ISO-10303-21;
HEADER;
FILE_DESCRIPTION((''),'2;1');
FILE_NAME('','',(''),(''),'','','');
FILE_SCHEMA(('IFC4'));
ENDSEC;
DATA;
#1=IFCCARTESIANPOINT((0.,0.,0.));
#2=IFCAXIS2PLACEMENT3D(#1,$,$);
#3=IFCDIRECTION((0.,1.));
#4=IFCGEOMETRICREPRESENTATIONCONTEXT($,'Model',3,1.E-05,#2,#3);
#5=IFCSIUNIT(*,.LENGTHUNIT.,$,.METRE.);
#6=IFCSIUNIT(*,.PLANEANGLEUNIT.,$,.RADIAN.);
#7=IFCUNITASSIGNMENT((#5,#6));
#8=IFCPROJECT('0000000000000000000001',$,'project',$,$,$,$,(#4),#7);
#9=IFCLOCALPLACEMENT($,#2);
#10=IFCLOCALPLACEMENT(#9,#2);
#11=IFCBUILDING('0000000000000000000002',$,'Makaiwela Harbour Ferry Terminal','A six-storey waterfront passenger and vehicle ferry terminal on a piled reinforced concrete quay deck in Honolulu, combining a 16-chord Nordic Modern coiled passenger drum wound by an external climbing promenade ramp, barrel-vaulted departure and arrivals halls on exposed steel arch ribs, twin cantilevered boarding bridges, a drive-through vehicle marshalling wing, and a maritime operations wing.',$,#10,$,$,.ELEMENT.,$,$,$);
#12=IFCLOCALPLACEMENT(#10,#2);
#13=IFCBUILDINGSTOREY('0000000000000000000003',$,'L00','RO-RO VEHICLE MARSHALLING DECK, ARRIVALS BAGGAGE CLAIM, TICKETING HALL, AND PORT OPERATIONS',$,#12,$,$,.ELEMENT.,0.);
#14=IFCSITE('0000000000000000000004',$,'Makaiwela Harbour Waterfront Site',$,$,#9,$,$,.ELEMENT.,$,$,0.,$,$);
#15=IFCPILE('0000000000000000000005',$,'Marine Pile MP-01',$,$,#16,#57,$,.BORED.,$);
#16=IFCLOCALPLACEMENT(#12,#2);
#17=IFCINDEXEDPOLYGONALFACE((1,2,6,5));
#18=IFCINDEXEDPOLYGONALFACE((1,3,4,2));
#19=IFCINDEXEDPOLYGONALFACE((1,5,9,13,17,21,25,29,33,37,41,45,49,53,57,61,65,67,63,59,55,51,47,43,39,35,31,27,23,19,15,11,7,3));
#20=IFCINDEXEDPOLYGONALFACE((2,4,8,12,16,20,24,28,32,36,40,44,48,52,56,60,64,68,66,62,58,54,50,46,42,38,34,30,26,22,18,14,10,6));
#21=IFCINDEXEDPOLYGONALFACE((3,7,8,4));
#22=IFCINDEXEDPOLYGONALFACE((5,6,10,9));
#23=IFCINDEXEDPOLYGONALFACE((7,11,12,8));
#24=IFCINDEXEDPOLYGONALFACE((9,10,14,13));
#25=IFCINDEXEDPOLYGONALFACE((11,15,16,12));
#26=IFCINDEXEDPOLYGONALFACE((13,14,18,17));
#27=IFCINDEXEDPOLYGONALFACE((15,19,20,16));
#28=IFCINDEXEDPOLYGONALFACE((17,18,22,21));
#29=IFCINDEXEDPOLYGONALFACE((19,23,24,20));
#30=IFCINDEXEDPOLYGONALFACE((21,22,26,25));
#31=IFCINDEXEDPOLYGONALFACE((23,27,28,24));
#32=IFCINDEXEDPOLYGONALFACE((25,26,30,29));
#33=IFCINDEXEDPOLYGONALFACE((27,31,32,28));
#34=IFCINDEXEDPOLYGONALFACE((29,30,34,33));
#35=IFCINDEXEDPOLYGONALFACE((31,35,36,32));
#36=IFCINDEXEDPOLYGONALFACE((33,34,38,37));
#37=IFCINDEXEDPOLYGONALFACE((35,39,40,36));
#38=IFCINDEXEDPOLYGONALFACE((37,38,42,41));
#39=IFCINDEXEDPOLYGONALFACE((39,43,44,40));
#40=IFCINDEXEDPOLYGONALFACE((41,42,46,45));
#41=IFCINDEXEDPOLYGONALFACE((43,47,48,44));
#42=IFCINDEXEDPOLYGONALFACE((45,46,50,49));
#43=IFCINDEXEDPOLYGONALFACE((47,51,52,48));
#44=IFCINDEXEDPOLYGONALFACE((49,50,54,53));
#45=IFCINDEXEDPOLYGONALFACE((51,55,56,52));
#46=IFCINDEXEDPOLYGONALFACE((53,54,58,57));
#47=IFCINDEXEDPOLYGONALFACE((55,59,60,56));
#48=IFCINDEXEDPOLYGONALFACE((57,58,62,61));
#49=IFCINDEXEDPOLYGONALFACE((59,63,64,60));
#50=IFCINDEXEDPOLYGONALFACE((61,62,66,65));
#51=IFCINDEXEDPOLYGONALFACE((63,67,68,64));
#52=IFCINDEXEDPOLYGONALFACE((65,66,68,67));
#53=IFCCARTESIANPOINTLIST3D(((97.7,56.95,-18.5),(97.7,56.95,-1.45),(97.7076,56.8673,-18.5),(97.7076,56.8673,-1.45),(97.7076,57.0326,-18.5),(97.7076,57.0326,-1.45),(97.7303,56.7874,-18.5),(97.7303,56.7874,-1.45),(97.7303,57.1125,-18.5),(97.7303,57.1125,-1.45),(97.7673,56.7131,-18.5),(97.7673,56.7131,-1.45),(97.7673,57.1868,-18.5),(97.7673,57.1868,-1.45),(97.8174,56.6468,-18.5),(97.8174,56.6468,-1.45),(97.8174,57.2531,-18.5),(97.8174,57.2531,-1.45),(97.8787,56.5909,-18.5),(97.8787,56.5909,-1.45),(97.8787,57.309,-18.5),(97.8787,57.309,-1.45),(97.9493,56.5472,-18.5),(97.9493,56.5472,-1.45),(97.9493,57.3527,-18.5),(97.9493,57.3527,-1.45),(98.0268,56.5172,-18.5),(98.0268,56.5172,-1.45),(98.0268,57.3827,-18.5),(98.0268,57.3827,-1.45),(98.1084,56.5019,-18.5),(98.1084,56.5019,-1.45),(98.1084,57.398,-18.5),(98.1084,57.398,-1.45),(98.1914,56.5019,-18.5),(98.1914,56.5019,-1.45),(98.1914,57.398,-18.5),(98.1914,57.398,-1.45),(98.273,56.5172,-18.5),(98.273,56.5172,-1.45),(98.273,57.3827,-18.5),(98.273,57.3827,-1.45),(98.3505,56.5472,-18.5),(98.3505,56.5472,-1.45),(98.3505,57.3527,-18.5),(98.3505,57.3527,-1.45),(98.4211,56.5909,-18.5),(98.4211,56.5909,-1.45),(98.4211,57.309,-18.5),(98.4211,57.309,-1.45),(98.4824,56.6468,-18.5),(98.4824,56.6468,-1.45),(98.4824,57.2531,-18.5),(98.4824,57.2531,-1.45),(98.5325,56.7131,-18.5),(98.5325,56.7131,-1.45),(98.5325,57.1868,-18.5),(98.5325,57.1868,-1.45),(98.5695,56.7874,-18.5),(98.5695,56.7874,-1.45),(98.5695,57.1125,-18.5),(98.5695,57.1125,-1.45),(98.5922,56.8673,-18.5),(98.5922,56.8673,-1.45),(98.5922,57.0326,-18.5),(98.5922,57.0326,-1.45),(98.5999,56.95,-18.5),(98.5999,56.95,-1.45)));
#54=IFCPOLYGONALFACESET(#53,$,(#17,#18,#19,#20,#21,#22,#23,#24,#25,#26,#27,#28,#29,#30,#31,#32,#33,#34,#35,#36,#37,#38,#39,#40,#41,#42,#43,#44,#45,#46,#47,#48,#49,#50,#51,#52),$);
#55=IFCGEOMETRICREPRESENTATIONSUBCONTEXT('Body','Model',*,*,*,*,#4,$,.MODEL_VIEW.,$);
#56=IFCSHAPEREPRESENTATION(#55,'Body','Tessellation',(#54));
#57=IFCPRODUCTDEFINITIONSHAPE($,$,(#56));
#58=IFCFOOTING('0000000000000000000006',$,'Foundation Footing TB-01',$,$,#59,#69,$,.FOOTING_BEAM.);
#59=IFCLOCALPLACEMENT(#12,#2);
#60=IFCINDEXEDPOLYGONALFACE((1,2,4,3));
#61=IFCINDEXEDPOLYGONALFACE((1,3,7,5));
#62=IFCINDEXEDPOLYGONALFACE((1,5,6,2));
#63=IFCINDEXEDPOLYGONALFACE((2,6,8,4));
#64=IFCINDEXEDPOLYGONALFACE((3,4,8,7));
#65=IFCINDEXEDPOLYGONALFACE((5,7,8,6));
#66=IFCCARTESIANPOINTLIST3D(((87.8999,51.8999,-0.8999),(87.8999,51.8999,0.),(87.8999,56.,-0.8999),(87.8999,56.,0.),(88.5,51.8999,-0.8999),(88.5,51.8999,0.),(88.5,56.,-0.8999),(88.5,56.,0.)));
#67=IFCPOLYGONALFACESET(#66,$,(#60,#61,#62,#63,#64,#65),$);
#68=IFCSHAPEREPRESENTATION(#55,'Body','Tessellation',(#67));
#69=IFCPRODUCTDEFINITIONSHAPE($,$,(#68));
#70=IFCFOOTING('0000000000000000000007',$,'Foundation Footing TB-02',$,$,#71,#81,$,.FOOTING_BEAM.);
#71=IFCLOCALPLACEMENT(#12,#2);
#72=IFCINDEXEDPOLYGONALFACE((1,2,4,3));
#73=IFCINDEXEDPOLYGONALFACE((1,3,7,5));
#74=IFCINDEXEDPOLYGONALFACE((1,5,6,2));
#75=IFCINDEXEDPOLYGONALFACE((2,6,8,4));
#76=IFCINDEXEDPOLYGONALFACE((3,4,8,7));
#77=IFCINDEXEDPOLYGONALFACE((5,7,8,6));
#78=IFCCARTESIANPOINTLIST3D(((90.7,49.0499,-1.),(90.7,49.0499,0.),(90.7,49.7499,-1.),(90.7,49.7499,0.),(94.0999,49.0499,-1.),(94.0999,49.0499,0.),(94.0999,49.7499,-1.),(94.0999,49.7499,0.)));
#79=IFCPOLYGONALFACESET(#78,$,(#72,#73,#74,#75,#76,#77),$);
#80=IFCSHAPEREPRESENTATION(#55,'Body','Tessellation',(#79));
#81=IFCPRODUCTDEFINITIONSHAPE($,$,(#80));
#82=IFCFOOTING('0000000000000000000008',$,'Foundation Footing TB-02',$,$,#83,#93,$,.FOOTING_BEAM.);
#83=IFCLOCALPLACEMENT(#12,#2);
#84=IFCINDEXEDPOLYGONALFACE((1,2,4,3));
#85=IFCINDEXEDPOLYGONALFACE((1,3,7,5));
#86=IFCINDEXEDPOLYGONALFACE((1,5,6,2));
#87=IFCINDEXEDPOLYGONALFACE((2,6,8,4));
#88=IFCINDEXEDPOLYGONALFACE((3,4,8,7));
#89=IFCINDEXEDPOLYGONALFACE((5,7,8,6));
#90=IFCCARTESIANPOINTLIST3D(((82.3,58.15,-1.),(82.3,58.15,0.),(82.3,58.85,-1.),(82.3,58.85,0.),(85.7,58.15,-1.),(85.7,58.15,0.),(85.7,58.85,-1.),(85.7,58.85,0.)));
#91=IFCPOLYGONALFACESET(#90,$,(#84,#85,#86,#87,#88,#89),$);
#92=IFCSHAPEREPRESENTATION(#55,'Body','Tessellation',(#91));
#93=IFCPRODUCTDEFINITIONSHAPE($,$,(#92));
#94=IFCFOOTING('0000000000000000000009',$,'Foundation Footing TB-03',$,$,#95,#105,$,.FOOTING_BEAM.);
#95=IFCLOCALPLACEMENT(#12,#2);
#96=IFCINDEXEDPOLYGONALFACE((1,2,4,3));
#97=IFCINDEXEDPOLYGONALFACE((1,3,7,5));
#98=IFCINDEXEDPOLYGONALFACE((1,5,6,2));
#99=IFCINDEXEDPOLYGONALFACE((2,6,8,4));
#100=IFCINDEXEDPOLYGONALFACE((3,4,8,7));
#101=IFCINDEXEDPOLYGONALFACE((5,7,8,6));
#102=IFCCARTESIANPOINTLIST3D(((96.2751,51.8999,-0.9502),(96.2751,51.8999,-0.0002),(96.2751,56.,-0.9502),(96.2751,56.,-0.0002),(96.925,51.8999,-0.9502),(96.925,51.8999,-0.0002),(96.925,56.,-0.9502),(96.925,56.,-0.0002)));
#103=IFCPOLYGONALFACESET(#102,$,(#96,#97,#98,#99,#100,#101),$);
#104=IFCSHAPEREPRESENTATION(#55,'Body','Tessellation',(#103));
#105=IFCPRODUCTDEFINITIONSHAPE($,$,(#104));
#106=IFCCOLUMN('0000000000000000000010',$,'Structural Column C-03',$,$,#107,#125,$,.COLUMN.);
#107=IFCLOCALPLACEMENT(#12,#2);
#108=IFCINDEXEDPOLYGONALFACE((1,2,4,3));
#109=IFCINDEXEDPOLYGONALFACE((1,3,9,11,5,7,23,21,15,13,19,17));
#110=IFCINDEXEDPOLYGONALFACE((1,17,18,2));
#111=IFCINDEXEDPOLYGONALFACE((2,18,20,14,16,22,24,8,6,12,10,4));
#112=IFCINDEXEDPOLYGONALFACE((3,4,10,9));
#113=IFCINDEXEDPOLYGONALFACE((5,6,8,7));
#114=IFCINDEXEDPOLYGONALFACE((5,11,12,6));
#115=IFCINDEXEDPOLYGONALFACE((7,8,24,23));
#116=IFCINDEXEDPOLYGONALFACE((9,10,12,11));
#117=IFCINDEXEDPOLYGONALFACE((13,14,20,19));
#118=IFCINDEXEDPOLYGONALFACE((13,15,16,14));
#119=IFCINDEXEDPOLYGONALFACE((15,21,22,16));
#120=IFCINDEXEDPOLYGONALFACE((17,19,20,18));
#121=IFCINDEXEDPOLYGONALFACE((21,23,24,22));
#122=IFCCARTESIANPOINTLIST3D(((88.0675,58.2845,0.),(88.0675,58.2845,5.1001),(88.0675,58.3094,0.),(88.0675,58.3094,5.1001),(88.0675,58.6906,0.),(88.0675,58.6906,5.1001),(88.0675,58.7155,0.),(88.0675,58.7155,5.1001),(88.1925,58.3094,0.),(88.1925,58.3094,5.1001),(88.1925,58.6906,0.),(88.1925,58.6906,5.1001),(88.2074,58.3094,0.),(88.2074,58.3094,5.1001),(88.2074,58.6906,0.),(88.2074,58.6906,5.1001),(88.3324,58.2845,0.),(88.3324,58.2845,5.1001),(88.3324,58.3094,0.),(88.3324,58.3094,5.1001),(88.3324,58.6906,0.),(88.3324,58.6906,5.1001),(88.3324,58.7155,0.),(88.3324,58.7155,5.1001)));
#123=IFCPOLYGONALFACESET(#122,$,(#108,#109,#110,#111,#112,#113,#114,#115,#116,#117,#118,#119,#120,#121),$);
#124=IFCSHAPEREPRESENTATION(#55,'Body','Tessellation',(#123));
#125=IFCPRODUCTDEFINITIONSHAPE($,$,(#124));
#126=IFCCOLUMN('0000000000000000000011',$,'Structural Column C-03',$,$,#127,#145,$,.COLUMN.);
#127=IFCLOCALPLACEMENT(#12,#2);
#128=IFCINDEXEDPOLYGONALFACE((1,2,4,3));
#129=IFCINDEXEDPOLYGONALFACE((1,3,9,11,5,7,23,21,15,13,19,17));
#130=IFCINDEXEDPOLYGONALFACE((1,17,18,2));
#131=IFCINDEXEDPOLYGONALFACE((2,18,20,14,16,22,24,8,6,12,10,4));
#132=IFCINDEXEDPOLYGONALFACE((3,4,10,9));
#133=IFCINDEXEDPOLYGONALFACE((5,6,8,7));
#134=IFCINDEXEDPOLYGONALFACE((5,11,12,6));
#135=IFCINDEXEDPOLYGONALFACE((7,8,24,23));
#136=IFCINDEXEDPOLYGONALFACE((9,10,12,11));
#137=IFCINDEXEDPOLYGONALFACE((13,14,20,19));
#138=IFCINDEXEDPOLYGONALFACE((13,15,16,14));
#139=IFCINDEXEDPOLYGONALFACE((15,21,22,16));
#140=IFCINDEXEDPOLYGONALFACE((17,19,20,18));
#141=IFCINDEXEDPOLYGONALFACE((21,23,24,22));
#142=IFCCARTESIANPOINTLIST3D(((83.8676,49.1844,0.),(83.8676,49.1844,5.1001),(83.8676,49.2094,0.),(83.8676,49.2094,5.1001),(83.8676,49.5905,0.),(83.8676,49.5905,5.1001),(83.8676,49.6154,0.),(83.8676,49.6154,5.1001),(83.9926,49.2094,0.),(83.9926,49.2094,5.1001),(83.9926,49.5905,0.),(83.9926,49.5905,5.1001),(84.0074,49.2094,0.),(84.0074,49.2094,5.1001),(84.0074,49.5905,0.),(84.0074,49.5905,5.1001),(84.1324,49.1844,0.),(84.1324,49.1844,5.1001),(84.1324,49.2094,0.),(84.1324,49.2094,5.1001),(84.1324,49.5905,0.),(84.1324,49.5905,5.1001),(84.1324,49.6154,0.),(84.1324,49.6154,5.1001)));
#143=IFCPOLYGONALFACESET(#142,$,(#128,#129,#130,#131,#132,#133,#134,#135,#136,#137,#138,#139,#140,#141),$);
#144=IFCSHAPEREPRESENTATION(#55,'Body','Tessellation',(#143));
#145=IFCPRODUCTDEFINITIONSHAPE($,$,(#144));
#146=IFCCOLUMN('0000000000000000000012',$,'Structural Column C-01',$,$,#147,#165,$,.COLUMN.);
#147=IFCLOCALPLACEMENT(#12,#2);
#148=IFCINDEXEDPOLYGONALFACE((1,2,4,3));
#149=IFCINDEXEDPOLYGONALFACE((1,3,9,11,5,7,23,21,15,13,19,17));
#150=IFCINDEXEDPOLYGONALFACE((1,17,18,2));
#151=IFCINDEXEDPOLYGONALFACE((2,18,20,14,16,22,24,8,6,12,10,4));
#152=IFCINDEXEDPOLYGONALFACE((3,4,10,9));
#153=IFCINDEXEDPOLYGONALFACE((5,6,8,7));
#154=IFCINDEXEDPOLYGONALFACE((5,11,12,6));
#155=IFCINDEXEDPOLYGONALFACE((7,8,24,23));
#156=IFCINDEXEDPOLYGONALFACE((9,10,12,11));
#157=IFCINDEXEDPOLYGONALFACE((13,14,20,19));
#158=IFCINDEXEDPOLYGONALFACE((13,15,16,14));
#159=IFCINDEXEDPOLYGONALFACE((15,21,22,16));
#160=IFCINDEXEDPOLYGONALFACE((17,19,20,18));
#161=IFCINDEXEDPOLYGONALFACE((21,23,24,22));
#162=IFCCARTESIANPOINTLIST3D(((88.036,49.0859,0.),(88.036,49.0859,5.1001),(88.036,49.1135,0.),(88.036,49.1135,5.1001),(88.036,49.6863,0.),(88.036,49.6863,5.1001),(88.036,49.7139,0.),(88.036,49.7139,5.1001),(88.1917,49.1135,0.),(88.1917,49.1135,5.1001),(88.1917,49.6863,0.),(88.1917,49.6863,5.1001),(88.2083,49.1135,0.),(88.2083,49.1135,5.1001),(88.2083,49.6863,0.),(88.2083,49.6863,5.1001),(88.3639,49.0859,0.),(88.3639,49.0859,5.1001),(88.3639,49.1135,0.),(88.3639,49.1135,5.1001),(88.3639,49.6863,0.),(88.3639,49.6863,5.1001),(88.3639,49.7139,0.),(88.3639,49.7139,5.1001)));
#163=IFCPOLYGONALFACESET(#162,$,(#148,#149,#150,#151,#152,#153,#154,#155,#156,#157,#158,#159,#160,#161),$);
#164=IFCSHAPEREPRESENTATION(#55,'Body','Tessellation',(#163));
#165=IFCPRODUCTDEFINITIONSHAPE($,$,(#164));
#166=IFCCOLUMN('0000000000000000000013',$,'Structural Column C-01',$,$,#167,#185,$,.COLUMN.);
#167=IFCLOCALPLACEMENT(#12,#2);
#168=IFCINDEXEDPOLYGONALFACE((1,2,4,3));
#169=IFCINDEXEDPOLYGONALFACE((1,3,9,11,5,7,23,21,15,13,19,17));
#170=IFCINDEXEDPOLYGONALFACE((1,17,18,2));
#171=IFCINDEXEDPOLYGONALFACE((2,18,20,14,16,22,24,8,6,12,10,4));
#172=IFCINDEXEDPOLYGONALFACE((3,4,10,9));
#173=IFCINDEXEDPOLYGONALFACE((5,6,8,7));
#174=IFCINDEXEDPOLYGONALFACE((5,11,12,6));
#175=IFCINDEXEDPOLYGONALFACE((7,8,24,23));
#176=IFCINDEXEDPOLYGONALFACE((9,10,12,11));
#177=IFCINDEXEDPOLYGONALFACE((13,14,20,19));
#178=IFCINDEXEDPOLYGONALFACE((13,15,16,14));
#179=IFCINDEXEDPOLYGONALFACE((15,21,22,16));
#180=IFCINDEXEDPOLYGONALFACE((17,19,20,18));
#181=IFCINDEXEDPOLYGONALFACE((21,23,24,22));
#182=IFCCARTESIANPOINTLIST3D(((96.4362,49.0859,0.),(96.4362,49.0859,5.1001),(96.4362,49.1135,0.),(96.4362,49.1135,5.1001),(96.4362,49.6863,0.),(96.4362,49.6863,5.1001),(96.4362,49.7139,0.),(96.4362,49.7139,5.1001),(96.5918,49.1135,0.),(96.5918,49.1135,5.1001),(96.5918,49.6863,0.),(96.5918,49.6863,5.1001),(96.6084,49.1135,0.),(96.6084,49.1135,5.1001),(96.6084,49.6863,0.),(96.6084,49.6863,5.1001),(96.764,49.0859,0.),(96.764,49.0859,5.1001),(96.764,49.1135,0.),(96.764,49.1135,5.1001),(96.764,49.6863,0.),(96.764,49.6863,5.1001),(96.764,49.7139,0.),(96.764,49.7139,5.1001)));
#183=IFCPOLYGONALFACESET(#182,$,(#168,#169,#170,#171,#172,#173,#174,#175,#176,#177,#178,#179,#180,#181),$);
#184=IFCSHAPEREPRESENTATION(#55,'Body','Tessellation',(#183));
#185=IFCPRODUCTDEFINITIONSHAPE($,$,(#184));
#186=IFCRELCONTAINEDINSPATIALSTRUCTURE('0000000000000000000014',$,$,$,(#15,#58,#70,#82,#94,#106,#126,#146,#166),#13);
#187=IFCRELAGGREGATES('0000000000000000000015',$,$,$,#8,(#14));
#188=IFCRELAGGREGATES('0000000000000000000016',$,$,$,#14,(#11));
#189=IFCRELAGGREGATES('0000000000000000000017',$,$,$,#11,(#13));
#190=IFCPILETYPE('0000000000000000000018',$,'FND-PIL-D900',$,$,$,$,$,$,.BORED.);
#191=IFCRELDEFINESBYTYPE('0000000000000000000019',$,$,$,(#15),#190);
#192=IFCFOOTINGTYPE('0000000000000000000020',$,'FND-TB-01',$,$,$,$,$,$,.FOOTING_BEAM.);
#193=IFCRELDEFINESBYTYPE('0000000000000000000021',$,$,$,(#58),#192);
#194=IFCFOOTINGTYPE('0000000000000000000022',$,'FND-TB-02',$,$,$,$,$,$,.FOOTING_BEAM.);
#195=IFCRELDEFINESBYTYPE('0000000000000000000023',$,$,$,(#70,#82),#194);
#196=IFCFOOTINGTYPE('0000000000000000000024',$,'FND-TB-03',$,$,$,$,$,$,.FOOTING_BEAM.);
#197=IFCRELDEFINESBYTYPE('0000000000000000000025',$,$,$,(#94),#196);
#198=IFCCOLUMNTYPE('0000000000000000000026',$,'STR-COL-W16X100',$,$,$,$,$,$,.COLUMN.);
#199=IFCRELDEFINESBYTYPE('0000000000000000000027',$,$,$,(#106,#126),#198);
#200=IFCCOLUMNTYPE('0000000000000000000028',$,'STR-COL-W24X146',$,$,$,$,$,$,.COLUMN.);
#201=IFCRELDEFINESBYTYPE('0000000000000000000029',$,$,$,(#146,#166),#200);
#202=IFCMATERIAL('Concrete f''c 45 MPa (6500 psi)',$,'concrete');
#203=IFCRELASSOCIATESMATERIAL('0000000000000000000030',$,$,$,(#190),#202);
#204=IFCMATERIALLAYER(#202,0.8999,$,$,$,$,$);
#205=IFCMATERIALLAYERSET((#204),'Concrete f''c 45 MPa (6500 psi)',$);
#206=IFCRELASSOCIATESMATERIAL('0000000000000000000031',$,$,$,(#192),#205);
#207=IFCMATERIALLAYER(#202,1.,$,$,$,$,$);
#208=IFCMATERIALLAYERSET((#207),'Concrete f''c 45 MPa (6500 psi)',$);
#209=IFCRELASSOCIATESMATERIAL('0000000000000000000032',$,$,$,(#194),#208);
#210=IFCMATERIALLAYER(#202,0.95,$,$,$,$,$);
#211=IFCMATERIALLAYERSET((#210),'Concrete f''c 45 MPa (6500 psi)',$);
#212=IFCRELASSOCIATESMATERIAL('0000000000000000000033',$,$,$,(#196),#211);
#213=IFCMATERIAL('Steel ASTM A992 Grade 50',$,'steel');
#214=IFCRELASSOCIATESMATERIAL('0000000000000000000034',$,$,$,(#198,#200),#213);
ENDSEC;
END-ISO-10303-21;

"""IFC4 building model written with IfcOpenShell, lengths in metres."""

from ifc_helpers import new_model, si_unit, direction, frame, origin, origin_2d, place, context, subcontext, project, spatial, rectangle, circle, i_section, extrude, material, layer, layer_set, material_profile, profile_set, type_object, element, save


model = new_model("IFC4")

# Units and contexts
model_context = context("Model", 3, precision=1e-05, world=origin(), true_north=direction((0.0, 1.0)))
body_context = subcontext(model_context, "Body", "Model", "MODEL_VIEW")
ifc_project = project(units=[si_unit("LENGTHUNIT", "METRE"), si_unit("PLANEANGLEUNIT", "RADIAN")], contexts=[model_context])

# Site, building, storey
site_placement = place(None, origin())
site = spatial("IfcSite", under=ifc_project, at=site_placement, Name="Makaiwela Harbour Waterfront Site", CompositionType="ELEMENT", RefElevation=0.0)
building_placement = place(site_placement, origin())
building = spatial("IfcBuilding", under=site, at=building_placement, Name="Makaiwela Harbour Ferry Terminal", Description="A six-storey waterfront passenger and vehicle ferry terminal on a piled reinforced concrete quay deck in Honolulu, combining a 16-chord Nordic Modern coiled passenger drum wound by an external climbing promenade ramp, barrel-vaulted departure and arrivals halls on exposed steel arch ribs, twin cantilevered boarding bridges, a drive-through vehicle marshalling wing, and a maritime operations wing.", CompositionType="ELEMENT")
storey_placement = place(building_placement, origin())
storey = spatial("IfcBuildingStorey", under=building, at=storey_placement, Name="L00", Description="RO-RO VEHICLE MARSHALLING DECK, ARRIVALS BAGGAGE CLAIM, TICKETING HALL, AND PORT OPERATIONS", CompositionType="ELEMENT", Elevation=0.0)

# Shared definitions
ifc_material_1 = material(Name="Concrete f'c 45 MPa (6500 psi)", Category="concrete")

# Pile
ifc_material_profile_1 = material_profile(ifc_material_1, circle(Radius=0.45, at=origin_2d()), Name="PILE-D900")
ifc_profile_set_1 = profile_set([ifc_material_profile_1], Name="Concrete f'c 45 MPa (6500 psi)")
pile_type = type_object("IfcPileType", Name="FND-PIL-D900", PredefinedType="BORED", material=ifc_profile_set_1)
for number, where, z_axis, x_axis, name in (
    (1, (98.1499, 56.95, -1.45), (0.0, 0.0, -1.0), (1.0, 0.0, 0.0), "Marine Pile MP-01"),
):
    element("IfcPile", number, at=place(storey_placement, frame(where, z_axis=z_axis, x_axis=x_axis)), inside=storey, type_object=pile_type, Name=name, PredefinedType="BORED", context=body_context, shape_type="SweptSolid", body=[
        extrude(circle(Radius=0.45, at=origin_2d()), origin(), (0.0, 0.0, 1.0), 17.05),
    ])

# Footings
ifc_layer_1 = layer(ifc_material_1, 0.8999)
ifc_layer_set_1 = layer_set([ifc_layer_1], Name="Concrete f'c 45 MPa (6500 psi)")
footing_type_1 = type_object("IfcFootingType", Name="FND-TB-01", PredefinedType="FOOTING_BEAM", material=ifc_layer_set_1)
footing_1_placement = place(storey_placement, frame((88.2, 53.95, -0.8999), z_axis=(0.0, 0.0, 1.0), x_axis=(0.0, 1.0, 0.0)))
element("IfcFooting", 2, at=footing_1_placement, inside=storey, type_object=footing_type_1, Name="Foundation Footing TB-01", PredefinedType="FOOTING_BEAM", context=body_context, shape_type="SweptSolid", body=[
    extrude(rectangle(XDim=4.1001, YDim=0.6001, at=origin_2d()), origin(), (0.0, 0.0, 1.0), 0.8999),
])
ifc_layer_2 = layer(ifc_material_1, 1.0)
ifc_layer_set_2 = layer_set([ifc_layer_2], Name="Concrete f'c 45 MPa (6500 psi)")
footing_type_2 = type_object("IfcFootingType", Name="FND-TB-02", PredefinedType="FOOTING_BEAM", material=ifc_layer_set_2)
for number, where, z_axis, x_axis, name in (
    (3, (92.3999, 49.3999, -1.0), (0.0, 0.0, 1.0), (1.0, 0.0, 0.0), "Foundation Footing TB-02"),
    (4, (84.0, 58.5, -1.0), (0.0, 0.0, 1.0), (1.0, 0.0, 0.0), "Foundation Footing TB-02"),
):
    element("IfcFooting", number, at=place(storey_placement, frame(where, z_axis=z_axis, x_axis=x_axis)), inside=storey, type_object=footing_type_2, Name=name, PredefinedType="FOOTING_BEAM", context=body_context, shape_type="SweptSolid", body=[
        extrude(rectangle(XDim=3.3999, YDim=0.7, at=origin_2d()), origin(), (0.0, 0.0, 1.0), 1.0),
    ])
ifc_layer_3 = layer(ifc_material_1, 0.95)
ifc_layer_set_3 = layer_set([ifc_layer_3], Name="Concrete f'c 45 MPa (6500 psi)")
footing_type_3 = type_object("IfcFootingType", Name="FND-TB-03", PredefinedType="FOOTING_BEAM", material=ifc_layer_set_3)
footing_2_placement = place(storey_placement, frame((96.6001, 53.95, -0.9502), z_axis=(0.0, 0.0, 1.0), x_axis=(0.0, 1.0, 0.0)))
element("IfcFooting", 5, at=footing_2_placement, inside=storey, type_object=footing_type_3, Name="Foundation Footing TB-03", PredefinedType="FOOTING_BEAM", context=body_context, shape_type="SweptSolid", body=[
    extrude(rectangle(XDim=4.1001, YDim=0.6499, at=origin_2d()), origin(), (0.0, 0.0, 1.0), 0.95),
])

# Columns
ifc_material_2 = material(Name="Steel ASTM A992 Grade 50", Category="steel")
ifc_material_profile_2 = material_profile(ifc_material_2, i_section(OverallWidth=0.2649, OverallDepth=0.4309, WebThickness=0.0149, FlangeThickness=0.0249, at=origin_2d()), Name="W16X100")
ifc_profile_set_2 = profile_set([ifc_material_profile_2], Name="Steel ASTM A992 Grade 50")
column_type_1 = type_object("IfcColumnType", Name="STR-COL-W16X100", PredefinedType="COLUMN", material=ifc_profile_set_2)
for number, where, z_axis, x_axis, name in (
    (6, (88.2, 58.5, 0.0), (0.0, 0.0, 1.0), (1.0, 0.0, 0.0), "Structural Column C-03"),
    (7, (84.0, 49.3999, 0.0), (0.0, 0.0, 1.0), (1.0, 0.0, 0.0), "Structural Column C-03"),
):
    element("IfcColumn", number, at=place(storey_placement, frame(where, z_axis=z_axis, x_axis=x_axis)), inside=storey, type_object=column_type_1, Name=name, PredefinedType="COLUMN", context=body_context, shape_type="SweptSolid", body=[
        extrude(i_section(OverallWidth=0.2649, OverallDepth=0.4309, WebThickness=0.0149, FlangeThickness=0.0249, at=origin_2d()), origin(), (0.0, 0.0, 1.0), 5.1001),
    ])
ifc_material_profile_3 = material_profile(ifc_material_2, i_section(OverallWidth=0.3279, OverallDepth=0.6279, WebThickness=0.0166, FlangeThickness=0.0276, at=origin_2d()), Name="W24X146")
ifc_profile_set_3 = profile_set([ifc_material_profile_3], Name="Steel ASTM A992 Grade 50")
column_type_2 = type_object("IfcColumnType", Name="STR-COL-W24X146", PredefinedType="COLUMN", material=ifc_profile_set_3)
for number, where, z_axis, x_axis, name in (
    (8, (88.2, 49.3999, 0.0), (0.0, 0.0, 1.0), (1.0, 0.0, 0.0), "Structural Column C-01"),
    (9, (96.6001, 49.3999, 0.0), (0.0, 0.0, 1.0), (1.0, 0.0, 0.0), "Structural Column C-01"),
):
    element("IfcColumn", number, at=place(storey_placement, frame(where, z_axis=z_axis, x_axis=x_axis)), inside=storey, type_object=column_type_2, Name=name, PredefinedType="COLUMN", context=body_context, shape_type="SweptSolid", body=[
        extrude(i_section(OverallWidth=0.3279, OverallDepth=0.6279, WebThickness=0.0166, FlangeThickness=0.0276, at=origin_2d()), origin(), (0.0, 0.0, 1.0), 5.1001),
    ])

save(model, "model.ifc")
